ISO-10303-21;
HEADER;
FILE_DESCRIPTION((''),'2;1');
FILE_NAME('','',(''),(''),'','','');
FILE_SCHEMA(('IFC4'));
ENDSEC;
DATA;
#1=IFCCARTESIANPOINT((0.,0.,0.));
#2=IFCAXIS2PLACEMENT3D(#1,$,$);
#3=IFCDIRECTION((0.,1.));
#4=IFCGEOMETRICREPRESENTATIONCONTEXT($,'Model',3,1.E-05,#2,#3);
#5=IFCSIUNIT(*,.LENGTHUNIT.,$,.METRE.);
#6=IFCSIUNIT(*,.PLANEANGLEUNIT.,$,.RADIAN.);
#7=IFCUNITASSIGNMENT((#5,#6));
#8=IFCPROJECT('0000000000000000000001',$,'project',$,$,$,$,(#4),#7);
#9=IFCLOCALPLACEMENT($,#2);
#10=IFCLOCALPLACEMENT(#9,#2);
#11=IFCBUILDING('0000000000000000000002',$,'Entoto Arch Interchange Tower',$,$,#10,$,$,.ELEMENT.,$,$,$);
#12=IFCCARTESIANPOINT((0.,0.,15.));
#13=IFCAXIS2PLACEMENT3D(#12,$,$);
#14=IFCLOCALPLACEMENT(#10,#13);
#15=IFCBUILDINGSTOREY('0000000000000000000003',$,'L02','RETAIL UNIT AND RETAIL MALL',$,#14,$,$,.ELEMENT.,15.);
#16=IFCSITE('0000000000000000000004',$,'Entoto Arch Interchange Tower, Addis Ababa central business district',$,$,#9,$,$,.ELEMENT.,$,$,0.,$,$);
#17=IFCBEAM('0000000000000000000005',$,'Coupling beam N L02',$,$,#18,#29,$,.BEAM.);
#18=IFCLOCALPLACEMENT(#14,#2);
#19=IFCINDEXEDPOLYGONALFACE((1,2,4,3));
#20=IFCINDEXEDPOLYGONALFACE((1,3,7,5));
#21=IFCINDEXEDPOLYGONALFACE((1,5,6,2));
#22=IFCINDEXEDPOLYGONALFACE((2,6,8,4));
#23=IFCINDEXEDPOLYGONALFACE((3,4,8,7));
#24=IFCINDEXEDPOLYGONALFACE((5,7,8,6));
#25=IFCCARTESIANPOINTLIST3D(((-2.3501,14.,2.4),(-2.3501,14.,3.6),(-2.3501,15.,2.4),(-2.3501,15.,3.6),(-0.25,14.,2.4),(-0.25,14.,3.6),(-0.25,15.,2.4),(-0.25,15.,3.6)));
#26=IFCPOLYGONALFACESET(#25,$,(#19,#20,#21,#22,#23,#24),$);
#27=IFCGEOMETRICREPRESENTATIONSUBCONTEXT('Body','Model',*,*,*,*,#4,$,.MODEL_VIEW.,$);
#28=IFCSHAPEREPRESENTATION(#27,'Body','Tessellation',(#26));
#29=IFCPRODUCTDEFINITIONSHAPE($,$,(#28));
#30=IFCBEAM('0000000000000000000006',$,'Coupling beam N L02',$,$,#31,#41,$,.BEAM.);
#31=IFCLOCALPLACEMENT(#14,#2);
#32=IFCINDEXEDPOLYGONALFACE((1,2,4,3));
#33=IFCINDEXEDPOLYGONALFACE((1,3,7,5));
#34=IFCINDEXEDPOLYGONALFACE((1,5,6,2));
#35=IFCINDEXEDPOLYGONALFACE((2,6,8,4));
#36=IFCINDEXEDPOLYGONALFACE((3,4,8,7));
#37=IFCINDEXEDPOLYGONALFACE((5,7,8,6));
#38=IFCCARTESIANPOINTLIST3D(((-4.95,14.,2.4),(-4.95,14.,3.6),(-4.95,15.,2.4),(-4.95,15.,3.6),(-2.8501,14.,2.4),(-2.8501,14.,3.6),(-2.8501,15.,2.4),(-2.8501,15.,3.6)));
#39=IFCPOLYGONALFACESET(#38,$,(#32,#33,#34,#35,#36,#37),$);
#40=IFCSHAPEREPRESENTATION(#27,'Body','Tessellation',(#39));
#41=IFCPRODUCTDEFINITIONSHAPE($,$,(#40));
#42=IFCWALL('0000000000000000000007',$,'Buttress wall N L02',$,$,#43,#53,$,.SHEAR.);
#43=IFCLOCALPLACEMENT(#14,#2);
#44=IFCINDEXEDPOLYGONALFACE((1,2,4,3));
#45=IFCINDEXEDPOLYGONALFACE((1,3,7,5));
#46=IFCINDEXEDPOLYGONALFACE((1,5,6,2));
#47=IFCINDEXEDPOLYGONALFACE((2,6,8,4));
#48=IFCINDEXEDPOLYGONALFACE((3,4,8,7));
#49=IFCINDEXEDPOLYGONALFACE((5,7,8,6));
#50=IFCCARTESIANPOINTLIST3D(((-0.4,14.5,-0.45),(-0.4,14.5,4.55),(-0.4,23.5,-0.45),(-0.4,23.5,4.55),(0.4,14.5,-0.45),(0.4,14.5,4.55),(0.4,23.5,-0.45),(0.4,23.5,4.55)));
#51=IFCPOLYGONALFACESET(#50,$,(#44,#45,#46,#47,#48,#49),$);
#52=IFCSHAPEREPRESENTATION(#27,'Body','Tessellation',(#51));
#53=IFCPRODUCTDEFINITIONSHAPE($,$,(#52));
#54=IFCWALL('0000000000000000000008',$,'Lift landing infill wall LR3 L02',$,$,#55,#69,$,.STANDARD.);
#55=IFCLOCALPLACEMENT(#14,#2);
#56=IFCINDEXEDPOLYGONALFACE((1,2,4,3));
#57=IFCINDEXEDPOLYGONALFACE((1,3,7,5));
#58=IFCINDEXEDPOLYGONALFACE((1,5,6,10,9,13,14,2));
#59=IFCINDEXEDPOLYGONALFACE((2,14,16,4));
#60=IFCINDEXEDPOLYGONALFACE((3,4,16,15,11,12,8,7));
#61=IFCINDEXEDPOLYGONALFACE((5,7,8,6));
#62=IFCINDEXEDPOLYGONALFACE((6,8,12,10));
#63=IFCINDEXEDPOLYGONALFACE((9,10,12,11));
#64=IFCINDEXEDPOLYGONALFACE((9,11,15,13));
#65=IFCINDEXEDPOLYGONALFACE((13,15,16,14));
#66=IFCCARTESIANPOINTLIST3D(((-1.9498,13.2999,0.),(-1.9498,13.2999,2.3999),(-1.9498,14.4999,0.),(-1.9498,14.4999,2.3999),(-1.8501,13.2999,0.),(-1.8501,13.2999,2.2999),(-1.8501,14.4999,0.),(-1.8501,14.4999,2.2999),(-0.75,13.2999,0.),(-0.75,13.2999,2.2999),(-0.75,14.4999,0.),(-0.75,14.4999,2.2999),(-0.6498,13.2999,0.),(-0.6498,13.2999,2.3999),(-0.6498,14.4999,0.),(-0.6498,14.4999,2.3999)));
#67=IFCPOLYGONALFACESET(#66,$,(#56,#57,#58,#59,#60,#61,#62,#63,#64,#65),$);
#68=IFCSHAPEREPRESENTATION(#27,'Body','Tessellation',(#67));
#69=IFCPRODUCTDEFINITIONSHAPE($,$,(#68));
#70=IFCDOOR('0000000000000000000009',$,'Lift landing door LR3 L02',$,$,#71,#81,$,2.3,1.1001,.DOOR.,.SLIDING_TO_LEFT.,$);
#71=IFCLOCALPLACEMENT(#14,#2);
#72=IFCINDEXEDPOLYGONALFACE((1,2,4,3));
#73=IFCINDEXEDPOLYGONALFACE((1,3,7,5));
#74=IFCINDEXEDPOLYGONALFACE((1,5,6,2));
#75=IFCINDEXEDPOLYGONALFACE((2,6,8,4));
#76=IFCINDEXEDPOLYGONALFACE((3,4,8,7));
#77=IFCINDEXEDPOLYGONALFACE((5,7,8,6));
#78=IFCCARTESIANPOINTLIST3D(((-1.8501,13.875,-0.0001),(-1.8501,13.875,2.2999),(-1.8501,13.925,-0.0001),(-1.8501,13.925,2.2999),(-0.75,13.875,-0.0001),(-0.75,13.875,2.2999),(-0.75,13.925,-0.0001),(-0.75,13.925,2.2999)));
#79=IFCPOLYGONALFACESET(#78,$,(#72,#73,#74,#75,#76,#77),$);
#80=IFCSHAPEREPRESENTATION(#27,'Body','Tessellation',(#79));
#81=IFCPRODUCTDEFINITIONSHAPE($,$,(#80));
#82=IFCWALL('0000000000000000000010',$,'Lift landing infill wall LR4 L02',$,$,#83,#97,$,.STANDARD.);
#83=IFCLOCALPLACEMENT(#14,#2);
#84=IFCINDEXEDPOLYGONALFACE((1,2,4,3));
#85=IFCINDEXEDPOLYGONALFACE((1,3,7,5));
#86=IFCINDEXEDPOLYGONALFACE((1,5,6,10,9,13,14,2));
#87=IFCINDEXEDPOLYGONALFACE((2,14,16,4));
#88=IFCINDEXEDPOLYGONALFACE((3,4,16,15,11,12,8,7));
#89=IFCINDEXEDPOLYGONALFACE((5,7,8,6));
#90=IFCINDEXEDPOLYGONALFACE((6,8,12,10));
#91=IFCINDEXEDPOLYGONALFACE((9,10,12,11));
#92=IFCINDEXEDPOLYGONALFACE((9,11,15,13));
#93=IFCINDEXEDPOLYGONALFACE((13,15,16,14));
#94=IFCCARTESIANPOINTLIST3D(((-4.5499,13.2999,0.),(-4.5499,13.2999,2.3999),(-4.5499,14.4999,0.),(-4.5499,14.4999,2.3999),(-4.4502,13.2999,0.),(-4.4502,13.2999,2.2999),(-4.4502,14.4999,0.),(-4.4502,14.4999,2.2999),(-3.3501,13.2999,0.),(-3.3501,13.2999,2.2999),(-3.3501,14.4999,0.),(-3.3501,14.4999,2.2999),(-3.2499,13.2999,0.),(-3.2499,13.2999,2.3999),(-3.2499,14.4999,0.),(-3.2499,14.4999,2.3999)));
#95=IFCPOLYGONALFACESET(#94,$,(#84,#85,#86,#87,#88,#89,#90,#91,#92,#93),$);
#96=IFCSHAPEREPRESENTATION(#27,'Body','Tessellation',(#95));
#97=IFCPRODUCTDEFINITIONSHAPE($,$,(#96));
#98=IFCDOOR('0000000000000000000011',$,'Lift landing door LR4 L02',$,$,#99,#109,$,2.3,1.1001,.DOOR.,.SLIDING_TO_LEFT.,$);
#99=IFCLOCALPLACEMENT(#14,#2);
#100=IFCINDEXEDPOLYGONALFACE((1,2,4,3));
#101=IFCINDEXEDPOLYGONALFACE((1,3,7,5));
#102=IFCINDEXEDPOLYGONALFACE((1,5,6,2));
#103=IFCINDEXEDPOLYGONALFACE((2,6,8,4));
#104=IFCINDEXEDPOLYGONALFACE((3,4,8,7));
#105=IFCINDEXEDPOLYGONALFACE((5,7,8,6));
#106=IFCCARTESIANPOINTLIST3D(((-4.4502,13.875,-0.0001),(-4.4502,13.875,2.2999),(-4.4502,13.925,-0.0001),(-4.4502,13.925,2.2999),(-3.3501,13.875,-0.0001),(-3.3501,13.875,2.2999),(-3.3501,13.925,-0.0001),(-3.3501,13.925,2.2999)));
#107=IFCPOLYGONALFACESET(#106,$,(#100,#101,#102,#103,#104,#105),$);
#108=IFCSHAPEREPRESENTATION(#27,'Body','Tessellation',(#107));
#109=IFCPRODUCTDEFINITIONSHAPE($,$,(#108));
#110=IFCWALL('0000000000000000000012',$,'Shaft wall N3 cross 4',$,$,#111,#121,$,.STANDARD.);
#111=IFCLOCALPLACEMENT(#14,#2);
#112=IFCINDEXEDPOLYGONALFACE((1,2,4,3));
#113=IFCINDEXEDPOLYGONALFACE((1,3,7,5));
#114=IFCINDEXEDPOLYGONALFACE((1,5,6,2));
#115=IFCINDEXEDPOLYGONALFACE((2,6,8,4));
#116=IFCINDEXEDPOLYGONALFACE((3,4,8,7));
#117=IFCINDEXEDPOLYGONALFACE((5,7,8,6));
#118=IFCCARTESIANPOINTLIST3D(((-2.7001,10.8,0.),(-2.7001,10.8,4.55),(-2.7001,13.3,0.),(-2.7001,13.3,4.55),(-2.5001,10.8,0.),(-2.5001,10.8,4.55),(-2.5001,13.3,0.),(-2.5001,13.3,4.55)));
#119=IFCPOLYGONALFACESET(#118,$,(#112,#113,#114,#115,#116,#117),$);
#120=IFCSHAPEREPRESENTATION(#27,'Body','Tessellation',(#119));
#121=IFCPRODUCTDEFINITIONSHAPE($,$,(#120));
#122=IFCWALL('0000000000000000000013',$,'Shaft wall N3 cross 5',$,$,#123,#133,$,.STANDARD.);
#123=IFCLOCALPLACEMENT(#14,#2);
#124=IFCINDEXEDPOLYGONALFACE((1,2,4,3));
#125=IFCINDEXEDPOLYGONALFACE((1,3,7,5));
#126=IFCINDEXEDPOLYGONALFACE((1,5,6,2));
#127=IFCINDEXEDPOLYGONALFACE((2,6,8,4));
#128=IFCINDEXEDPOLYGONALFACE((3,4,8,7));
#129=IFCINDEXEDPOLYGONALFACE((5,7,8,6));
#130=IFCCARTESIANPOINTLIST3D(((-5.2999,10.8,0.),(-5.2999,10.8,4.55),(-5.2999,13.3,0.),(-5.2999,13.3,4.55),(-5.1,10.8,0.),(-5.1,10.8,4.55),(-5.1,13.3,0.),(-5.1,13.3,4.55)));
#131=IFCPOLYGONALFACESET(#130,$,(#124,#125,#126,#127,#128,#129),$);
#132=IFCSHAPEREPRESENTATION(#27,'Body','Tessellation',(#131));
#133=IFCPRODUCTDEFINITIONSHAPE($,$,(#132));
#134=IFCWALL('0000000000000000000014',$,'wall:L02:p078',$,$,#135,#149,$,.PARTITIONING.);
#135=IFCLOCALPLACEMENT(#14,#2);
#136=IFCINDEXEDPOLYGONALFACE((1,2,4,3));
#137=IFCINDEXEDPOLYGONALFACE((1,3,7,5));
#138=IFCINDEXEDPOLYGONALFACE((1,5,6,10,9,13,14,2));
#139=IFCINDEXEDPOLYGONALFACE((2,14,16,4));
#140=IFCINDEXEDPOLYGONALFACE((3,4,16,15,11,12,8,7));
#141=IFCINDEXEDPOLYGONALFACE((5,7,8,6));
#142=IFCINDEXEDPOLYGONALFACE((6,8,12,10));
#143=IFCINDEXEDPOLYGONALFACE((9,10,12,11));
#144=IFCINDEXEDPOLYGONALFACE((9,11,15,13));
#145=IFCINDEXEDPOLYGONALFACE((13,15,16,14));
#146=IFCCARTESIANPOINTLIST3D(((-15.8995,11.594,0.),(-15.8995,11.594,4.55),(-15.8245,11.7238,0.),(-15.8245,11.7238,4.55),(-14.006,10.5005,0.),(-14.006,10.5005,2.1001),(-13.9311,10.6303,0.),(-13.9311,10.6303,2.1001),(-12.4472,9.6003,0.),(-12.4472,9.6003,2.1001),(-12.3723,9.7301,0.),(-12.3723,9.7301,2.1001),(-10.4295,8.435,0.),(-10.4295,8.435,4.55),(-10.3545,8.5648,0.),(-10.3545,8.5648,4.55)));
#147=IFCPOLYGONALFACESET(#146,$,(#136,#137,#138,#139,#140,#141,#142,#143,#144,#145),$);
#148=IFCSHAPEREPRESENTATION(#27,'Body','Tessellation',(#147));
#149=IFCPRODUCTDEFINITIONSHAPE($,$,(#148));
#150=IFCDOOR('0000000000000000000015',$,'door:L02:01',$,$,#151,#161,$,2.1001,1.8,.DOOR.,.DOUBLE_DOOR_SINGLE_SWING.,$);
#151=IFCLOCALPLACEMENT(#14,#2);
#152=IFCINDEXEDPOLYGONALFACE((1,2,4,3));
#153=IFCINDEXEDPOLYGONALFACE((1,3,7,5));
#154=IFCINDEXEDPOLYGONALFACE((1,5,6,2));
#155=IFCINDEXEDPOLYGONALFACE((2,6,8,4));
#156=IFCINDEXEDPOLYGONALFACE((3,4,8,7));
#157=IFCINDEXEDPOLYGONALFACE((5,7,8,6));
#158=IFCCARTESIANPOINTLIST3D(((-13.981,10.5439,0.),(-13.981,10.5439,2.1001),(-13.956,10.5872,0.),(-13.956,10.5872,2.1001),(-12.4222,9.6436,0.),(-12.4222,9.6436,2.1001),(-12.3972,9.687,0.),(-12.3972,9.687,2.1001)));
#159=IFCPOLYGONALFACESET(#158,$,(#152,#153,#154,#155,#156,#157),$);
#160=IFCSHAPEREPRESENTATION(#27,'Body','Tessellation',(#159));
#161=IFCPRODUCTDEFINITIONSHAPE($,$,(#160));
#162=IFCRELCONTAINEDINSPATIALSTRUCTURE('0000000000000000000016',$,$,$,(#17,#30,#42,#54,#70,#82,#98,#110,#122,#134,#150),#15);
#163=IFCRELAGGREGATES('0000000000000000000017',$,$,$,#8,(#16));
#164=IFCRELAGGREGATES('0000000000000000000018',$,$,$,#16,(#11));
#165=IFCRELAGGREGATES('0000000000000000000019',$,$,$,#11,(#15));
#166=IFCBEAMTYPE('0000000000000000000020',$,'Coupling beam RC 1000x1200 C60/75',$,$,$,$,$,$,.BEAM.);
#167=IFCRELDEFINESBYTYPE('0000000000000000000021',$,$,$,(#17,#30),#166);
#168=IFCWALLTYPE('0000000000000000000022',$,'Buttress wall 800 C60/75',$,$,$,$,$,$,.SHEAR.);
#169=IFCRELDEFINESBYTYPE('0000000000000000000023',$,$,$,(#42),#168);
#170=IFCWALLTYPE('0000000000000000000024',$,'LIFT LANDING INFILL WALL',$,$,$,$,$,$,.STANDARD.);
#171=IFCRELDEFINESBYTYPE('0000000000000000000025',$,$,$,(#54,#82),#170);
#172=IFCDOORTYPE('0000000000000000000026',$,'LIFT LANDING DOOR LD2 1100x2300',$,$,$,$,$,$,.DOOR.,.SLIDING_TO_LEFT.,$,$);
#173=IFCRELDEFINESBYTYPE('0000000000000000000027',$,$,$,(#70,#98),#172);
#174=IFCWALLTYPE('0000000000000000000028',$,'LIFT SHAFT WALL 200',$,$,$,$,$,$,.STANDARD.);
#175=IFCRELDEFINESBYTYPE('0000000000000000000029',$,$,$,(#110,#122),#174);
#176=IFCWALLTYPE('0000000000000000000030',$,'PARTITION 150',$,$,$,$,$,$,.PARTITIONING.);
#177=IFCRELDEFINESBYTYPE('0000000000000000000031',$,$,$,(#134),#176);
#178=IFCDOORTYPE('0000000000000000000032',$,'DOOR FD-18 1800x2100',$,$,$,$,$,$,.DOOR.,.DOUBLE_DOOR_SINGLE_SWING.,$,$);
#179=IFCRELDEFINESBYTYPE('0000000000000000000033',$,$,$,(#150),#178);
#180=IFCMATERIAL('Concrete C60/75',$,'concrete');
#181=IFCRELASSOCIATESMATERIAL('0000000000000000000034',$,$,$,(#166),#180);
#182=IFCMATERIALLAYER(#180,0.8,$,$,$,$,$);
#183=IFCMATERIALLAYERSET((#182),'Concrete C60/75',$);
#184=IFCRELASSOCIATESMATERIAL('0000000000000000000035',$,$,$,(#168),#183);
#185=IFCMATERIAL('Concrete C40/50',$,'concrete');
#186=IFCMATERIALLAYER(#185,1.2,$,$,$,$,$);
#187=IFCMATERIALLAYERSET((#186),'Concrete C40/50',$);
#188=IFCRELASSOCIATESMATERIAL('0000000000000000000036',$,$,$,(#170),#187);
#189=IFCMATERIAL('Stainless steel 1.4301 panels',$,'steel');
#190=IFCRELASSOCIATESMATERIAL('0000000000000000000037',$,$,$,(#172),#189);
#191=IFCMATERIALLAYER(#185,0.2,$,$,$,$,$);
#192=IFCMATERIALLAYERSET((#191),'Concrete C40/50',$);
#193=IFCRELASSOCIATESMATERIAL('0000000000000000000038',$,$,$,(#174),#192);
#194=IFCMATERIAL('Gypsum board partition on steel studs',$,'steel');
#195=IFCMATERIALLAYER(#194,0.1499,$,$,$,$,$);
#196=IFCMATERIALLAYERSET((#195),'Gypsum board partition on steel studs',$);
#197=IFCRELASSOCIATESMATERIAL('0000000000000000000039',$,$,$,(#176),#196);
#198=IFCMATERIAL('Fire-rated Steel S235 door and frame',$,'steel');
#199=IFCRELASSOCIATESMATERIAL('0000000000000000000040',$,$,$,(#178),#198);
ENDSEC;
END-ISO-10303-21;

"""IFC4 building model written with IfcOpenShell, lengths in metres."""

from ifc_helpers import new_model, si_unit, direction, frame, frame_2d, origin, origin_2d, place, context, subcontext, project, spatial, rectangle, extrude, material, layer, layer_set, material_profile, profile_set, type_object, element, fill, save


model = new_model("IFC4")

# Units and contexts
model_context = context("Model", 3, precision=1e-05, world=origin(), true_north=direction((0.0, 1.0)))
body_context = subcontext(model_context, "Body", "Model", "MODEL_VIEW")
ifc_project = project(units=[si_unit("LENGTHUNIT", "METRE"), si_unit("PLANEANGLEUNIT", "RADIAN")], contexts=[model_context])

# Site, building, storey
site_placement = place(None, origin())
site = spatial("IfcSite", under=ifc_project, at=site_placement, Name="Entoto Arch Interchange Tower, Addis Ababa central business district", CompositionType="ELEMENT", RefElevation=0.0)
building_placement = place(site_placement, origin())
building = spatial("IfcBuilding", under=site, at=building_placement, Name="Entoto Arch Interchange Tower", CompositionType="ELEMENT")
storey_placement = place(building_placement, frame((0.0, 0.0, 15.0)))
storey = spatial("IfcBuildingStorey", under=building, at=storey_placement, Name="L02", Description="RETAIL UNIT AND RETAIL MALL", CompositionType="ELEMENT", Elevation=15.0)

# Beams
ifc_material_1 = material(Name="Concrete C60/75", Category="concrete")
ifc_material_profile = material_profile(ifc_material_1, rectangle(XDim=1.0, YDim=1.2, at=origin_2d()))
ifc_profile_set = profile_set([ifc_material_profile], Name="Concrete C60/75")
beam_type = type_object("IfcBeamType", Name="Coupling beam RC 1000x1200 C60/75", PredefinedType="BEAM", material=ifc_profile_set)
beam_1_placement = place(storey_placement, frame((-0.25, 14.5, 3.0), z_axis=(-1.0, 0.0, 0.0), x_axis=(0.0, -1.0, 0.0)))
element("IfcBeam", 1, at=beam_1_placement, inside=storey, type_object=beam_type, Name="Coupling beam N L02", PredefinedType="BEAM", context=body_context, shape_type="SweptSolid", body=[
    extrude(rectangle(XDim=1.0, YDim=1.2, at=origin_2d()), origin(), (0.0, 0.0, 1.0), 2.1001),
])
beam_2_placement = place(storey_placement, frame((-2.8501, 14.5, 3.0), z_axis=(-1.0, 0.0, 0.0), x_axis=(0.0, -1.0, 0.0)))
element("IfcBeam", 2, at=beam_2_placement, inside=storey, type_object=beam_type, Name="Coupling beam N L02", PredefinedType="BEAM", context=body_context, shape_type="SweptSolid", body=[
    extrude(rectangle(XDim=1.0, YDim=1.2, at=origin_2d()), origin(), (0.0, 0.0, 1.0), 2.0999),
])

# Wall
ifc_layer_1 = layer(ifc_material_1, 0.8)
ifc_layer_set_1 = layer_set([ifc_layer_1], Name="Concrete C60/75")
wall_type_1 = type_object("IfcWallType", Name="Buttress wall 800 C60/75", PredefinedType="SHEAR", material=ifc_layer_set_1)
wall_1_placement = place(storey_placement, frame((0.0, 14.5, -0.45), z_axis=(0.0, 0.0, 1.0), x_axis=(0.0, 1.0, 0.0)))
element("IfcWall", 3, at=wall_1_placement, inside=storey, type_object=wall_type_1, Name="Buttress wall N L02", PredefinedType="SHEAR", context=body_context, shape_type="SweptSolid", body=[
    extrude(rectangle(XDim=9.0, YDim=0.8, at=frame_2d((4.5, 0.0))), origin(), (0.0, 0.0, 1.0), 5.0),
])

# Walls, openings, doors
ifc_material_2 = material(Name="Concrete C40/50", Category="concrete")
ifc_layer_2 = layer(ifc_material_2, 1.2)
ifc_layer_set_2 = layer_set([ifc_layer_2], Name="Concrete C40/50")
wall_type_2 = type_object("IfcWallType", Name="LIFT LANDING INFILL WALL", PredefinedType="STANDARD", material=ifc_layer_set_2)
wall_2_placement = place(storey_placement, frame((-0.6499, 13.8999, 0.0), z_axis=(0.0, 0.0, 1.0), x_axis=(-1.0, 0.0, 0.0)))
wall_2 = element("IfcWall", 4, at=wall_2_placement, inside=storey, type_object=wall_type_2, Name="Lift landing infill wall LR3 L02", PredefinedType="STANDARD", context=body_context, shape_type="SweptSolid", body=[
    extrude(rectangle(XDim=1.3, YDim=1.2, at=frame_2d((0.6499, 0.0))), origin(), (0.0, 0.0, 1.0), 2.3999),
])
opening_1_placement = place(wall_2_placement, frame((0.1001, 0.0, 0.0)))
opening_1 = element("IfcOpeningElement", 5, at=opening_1_placement, cuts=wall_2, PredefinedType="OPENING", context=body_context, shape_type="SweptSolid", body=[
    extrude(rectangle(XDim=1.1001, YDim=2.3, at=frame_2d((0.55, 1.1499))), frame((0.0, 0.6099, 0.0), z_axis=(0.0, -1.0, 0.0), x_axis=(1.0, 0.0, 0.0)), (0.0, 0.0, 1.0), 1.22),
])
ifc_material_3 = material(Name="Stainless steel 1.4301 panels", Category="steel")
door_type_1 = type_object("IfcDoorType", Name="LIFT LANDING DOOR LD2 1100x2300", OperationType="SLIDING_TO_LEFT", PredefinedType="DOOR", material=ifc_material_3)
door_1_placement = place(opening_1_placement, origin())
door_1 = element("IfcDoor", 6, at=door_1_placement, inside=storey, type_object=door_type_1, Name="Lift landing door LR3 L02", OperationType="SLIDING_TO_LEFT", OverallHeight=2.3, OverallWidth=1.1001, PredefinedType="DOOR", context=body_context, shape_type="SweptSolid", body=[
    extrude(rectangle(XDim=1.1001, YDim=2.3, at=frame_2d((0.55, 1.1499))), frame((0.0, 0.0249, 0.0), z_axis=(0.0, -1.0, 0.0), x_axis=(1.0, 0.0, 0.0)), (0.0, 0.0, 1.0), 0.05),
])
fill(opening_1, door_1)
wall_3_placement = place(storey_placement, frame((-3.25, 13.8999, 0.0), z_axis=(0.0, 0.0, 1.0), x_axis=(-1.0, 0.0, 0.0)))
wall_3 = element("IfcWall", 7, at=wall_3_placement, inside=storey, type_object=wall_type_2, Name="Lift landing infill wall LR4 L02", PredefinedType="STANDARD", context=body_context, shape_type="SweptSolid", body=[
    extrude(rectangle(XDim=1.3, YDim=1.2, at=frame_2d((0.6499, 0.0))), origin(), (0.0, 0.0, 1.0), 2.3999),
])
opening_2_placement = place(wall_3_placement, frame((0.1001, 0.0, 0.0)))
opening_2 = element("IfcOpeningElement", 8, at=opening_2_placement, cuts=wall_3, PredefinedType="OPENING", context=body_context, shape_type="SweptSolid", body=[
    extrude(rectangle(XDim=1.1001, YDim=2.3, at=frame_2d((0.55, 1.1499))), frame((0.0, 0.6099, 0.0), z_axis=(0.0, -1.0, 0.0), x_axis=(1.0, 0.0, 0.0)), (0.0, 0.0, 1.0), 1.22),
])
door_2_placement = place(opening_2_placement, origin())
door_2 = element("IfcDoor", 9, at=door_2_placement, inside=storey, type_object=door_type_1, Name="Lift landing door LR4 L02", OperationType="SLIDING_TO_LEFT", OverallHeight=2.3, OverallWidth=1.1001, PredefinedType="DOOR", context=body_context, shape_type="SweptSolid", body=[
    extrude(rectangle(XDim=1.1001, YDim=2.3, at=frame_2d((0.55, 1.1499))), frame((0.0, 0.0249, 0.0), z_axis=(0.0, -1.0, 0.0), x_axis=(1.0, 0.0, 0.0)), (0.0, 0.0, 1.0), 0.05),
])
fill(opening_2, door_2)

# Walls
ifc_layer_3 = layer(ifc_material_2, 0.2)
ifc_layer_set_3 = layer_set([ifc_layer_3], Name="Concrete C40/50")
wall_type_3 = type_object("IfcWallType", Name="LIFT SHAFT WALL 200", PredefinedType="STANDARD", material=ifc_layer_set_3)
for number, where, z_axis, x_axis, name in (
    (10, (-2.6001, 10.8, 0.0), (0.0, 0.0, 1.0), (0.0, 1.0, 0.0), "Shaft wall N3 cross 4"),
    (11, (-5.2, 10.8, 0.0), (0.0, 0.0, 1.0), (0.0, 1.0, 0.0), "Shaft wall N3 cross 5"),
):
    element("IfcWall", number, at=place(storey_placement, frame(where, z_axis=z_axis, x_axis=x_axis)), inside=storey, type_object=wall_type_3, Name=name, PredefinedType="STANDARD", context=body_context, shape_type="SweptSolid", body=[
        extrude(rectangle(XDim=2.5, YDim=0.2, at=frame_2d((1.25, 0.0))), origin(), (0.0, 0.0, 1.0), 4.55),
    ])

# Wall, opening, door
ifc_material_4 = material(Name="Gypsum board partition on steel studs", Category="steel")
ifc_layer_4 = layer(ifc_material_4, 0.1499)
ifc_layer_set_4 = layer_set([ifc_layer_4], Name="Gypsum board partition on steel studs")
wall_type_4 = type_object("IfcWallType", Name="PARTITION 150", PredefinedType="PARTITIONING", material=ifc_layer_set_4)
wall_4_placement = place(storey_placement, frame((-10.3921, 8.5, 0.0), z_axis=(0.0, 0.0, 1.0), x_axis=(-0.865967, 0.500101, 0.0)))
wall_4 = element("IfcWall", 12, at=wall_4_placement, inside=storey, type_object=wall_type_4, Name="wall:L02:p078", PredefinedType="PARTITIONING", context=body_context, shape_type="SweptSolid", body=[
    extrude(rectangle(XDim=6.3167, YDim=0.1499, at=frame_2d((3.1582, 0.0))), origin(), (0.0, 0.0, 1.0), 4.55),
])
opening_3_placement = place(wall_4_placement, frame((2.3301, 0.0, 0.0)))
opening_3 = element("IfcOpeningElement", 13, at=opening_3_placement, cuts=wall_4, PredefinedType="OPENING", context=body_context, shape_type="SweptSolid", body=[
    extrude(rectangle(XDim=1.8, YDim=2.1001, at=frame_2d((0.8999, 1.05))), frame((0.0, 0.085, 0.0), z_axis=(0.0, -1.0, 0.0), x_axis=(1.0, 0.0, 0.0)), (0.0, 0.0, 1.0), 0.1699),
])
ifc_material_5 = material(Name="Fire-rated Steel S235 door and frame", Category="steel")
door_type_2 = type_object("IfcDoorType", Name="DOOR FD-18 1800x2100", OperationType="DOUBLE_DOOR_SINGLE_SWING", PredefinedType="DOOR", material=ifc_material_5)
door_3_placement = place(opening_3_placement, origin())
door_3 = element("IfcDoor", 14, at=door_3_placement, inside=storey, type_object=door_type_2, Name="door:L02:01", OperationType="DOUBLE_DOOR_SINGLE_SWING", OverallHeight=2.1001, OverallWidth=1.8, PredefinedType="DOOR", context=body_context, shape_type="SweptSolid", body=[
    extrude(rectangle(XDim=1.8, YDim=2.1001, at=frame_2d((0.8999, 1.05))), frame((0.0, 0.0249, 0.0), z_axis=(0.0, -1.0, 0.0), x_axis=(1.0, 0.0, 0.0)), (0.0, 0.0, 1.0), 0.05),
])
fill(opening_3, door_3)

save(model, "model.ifc")
